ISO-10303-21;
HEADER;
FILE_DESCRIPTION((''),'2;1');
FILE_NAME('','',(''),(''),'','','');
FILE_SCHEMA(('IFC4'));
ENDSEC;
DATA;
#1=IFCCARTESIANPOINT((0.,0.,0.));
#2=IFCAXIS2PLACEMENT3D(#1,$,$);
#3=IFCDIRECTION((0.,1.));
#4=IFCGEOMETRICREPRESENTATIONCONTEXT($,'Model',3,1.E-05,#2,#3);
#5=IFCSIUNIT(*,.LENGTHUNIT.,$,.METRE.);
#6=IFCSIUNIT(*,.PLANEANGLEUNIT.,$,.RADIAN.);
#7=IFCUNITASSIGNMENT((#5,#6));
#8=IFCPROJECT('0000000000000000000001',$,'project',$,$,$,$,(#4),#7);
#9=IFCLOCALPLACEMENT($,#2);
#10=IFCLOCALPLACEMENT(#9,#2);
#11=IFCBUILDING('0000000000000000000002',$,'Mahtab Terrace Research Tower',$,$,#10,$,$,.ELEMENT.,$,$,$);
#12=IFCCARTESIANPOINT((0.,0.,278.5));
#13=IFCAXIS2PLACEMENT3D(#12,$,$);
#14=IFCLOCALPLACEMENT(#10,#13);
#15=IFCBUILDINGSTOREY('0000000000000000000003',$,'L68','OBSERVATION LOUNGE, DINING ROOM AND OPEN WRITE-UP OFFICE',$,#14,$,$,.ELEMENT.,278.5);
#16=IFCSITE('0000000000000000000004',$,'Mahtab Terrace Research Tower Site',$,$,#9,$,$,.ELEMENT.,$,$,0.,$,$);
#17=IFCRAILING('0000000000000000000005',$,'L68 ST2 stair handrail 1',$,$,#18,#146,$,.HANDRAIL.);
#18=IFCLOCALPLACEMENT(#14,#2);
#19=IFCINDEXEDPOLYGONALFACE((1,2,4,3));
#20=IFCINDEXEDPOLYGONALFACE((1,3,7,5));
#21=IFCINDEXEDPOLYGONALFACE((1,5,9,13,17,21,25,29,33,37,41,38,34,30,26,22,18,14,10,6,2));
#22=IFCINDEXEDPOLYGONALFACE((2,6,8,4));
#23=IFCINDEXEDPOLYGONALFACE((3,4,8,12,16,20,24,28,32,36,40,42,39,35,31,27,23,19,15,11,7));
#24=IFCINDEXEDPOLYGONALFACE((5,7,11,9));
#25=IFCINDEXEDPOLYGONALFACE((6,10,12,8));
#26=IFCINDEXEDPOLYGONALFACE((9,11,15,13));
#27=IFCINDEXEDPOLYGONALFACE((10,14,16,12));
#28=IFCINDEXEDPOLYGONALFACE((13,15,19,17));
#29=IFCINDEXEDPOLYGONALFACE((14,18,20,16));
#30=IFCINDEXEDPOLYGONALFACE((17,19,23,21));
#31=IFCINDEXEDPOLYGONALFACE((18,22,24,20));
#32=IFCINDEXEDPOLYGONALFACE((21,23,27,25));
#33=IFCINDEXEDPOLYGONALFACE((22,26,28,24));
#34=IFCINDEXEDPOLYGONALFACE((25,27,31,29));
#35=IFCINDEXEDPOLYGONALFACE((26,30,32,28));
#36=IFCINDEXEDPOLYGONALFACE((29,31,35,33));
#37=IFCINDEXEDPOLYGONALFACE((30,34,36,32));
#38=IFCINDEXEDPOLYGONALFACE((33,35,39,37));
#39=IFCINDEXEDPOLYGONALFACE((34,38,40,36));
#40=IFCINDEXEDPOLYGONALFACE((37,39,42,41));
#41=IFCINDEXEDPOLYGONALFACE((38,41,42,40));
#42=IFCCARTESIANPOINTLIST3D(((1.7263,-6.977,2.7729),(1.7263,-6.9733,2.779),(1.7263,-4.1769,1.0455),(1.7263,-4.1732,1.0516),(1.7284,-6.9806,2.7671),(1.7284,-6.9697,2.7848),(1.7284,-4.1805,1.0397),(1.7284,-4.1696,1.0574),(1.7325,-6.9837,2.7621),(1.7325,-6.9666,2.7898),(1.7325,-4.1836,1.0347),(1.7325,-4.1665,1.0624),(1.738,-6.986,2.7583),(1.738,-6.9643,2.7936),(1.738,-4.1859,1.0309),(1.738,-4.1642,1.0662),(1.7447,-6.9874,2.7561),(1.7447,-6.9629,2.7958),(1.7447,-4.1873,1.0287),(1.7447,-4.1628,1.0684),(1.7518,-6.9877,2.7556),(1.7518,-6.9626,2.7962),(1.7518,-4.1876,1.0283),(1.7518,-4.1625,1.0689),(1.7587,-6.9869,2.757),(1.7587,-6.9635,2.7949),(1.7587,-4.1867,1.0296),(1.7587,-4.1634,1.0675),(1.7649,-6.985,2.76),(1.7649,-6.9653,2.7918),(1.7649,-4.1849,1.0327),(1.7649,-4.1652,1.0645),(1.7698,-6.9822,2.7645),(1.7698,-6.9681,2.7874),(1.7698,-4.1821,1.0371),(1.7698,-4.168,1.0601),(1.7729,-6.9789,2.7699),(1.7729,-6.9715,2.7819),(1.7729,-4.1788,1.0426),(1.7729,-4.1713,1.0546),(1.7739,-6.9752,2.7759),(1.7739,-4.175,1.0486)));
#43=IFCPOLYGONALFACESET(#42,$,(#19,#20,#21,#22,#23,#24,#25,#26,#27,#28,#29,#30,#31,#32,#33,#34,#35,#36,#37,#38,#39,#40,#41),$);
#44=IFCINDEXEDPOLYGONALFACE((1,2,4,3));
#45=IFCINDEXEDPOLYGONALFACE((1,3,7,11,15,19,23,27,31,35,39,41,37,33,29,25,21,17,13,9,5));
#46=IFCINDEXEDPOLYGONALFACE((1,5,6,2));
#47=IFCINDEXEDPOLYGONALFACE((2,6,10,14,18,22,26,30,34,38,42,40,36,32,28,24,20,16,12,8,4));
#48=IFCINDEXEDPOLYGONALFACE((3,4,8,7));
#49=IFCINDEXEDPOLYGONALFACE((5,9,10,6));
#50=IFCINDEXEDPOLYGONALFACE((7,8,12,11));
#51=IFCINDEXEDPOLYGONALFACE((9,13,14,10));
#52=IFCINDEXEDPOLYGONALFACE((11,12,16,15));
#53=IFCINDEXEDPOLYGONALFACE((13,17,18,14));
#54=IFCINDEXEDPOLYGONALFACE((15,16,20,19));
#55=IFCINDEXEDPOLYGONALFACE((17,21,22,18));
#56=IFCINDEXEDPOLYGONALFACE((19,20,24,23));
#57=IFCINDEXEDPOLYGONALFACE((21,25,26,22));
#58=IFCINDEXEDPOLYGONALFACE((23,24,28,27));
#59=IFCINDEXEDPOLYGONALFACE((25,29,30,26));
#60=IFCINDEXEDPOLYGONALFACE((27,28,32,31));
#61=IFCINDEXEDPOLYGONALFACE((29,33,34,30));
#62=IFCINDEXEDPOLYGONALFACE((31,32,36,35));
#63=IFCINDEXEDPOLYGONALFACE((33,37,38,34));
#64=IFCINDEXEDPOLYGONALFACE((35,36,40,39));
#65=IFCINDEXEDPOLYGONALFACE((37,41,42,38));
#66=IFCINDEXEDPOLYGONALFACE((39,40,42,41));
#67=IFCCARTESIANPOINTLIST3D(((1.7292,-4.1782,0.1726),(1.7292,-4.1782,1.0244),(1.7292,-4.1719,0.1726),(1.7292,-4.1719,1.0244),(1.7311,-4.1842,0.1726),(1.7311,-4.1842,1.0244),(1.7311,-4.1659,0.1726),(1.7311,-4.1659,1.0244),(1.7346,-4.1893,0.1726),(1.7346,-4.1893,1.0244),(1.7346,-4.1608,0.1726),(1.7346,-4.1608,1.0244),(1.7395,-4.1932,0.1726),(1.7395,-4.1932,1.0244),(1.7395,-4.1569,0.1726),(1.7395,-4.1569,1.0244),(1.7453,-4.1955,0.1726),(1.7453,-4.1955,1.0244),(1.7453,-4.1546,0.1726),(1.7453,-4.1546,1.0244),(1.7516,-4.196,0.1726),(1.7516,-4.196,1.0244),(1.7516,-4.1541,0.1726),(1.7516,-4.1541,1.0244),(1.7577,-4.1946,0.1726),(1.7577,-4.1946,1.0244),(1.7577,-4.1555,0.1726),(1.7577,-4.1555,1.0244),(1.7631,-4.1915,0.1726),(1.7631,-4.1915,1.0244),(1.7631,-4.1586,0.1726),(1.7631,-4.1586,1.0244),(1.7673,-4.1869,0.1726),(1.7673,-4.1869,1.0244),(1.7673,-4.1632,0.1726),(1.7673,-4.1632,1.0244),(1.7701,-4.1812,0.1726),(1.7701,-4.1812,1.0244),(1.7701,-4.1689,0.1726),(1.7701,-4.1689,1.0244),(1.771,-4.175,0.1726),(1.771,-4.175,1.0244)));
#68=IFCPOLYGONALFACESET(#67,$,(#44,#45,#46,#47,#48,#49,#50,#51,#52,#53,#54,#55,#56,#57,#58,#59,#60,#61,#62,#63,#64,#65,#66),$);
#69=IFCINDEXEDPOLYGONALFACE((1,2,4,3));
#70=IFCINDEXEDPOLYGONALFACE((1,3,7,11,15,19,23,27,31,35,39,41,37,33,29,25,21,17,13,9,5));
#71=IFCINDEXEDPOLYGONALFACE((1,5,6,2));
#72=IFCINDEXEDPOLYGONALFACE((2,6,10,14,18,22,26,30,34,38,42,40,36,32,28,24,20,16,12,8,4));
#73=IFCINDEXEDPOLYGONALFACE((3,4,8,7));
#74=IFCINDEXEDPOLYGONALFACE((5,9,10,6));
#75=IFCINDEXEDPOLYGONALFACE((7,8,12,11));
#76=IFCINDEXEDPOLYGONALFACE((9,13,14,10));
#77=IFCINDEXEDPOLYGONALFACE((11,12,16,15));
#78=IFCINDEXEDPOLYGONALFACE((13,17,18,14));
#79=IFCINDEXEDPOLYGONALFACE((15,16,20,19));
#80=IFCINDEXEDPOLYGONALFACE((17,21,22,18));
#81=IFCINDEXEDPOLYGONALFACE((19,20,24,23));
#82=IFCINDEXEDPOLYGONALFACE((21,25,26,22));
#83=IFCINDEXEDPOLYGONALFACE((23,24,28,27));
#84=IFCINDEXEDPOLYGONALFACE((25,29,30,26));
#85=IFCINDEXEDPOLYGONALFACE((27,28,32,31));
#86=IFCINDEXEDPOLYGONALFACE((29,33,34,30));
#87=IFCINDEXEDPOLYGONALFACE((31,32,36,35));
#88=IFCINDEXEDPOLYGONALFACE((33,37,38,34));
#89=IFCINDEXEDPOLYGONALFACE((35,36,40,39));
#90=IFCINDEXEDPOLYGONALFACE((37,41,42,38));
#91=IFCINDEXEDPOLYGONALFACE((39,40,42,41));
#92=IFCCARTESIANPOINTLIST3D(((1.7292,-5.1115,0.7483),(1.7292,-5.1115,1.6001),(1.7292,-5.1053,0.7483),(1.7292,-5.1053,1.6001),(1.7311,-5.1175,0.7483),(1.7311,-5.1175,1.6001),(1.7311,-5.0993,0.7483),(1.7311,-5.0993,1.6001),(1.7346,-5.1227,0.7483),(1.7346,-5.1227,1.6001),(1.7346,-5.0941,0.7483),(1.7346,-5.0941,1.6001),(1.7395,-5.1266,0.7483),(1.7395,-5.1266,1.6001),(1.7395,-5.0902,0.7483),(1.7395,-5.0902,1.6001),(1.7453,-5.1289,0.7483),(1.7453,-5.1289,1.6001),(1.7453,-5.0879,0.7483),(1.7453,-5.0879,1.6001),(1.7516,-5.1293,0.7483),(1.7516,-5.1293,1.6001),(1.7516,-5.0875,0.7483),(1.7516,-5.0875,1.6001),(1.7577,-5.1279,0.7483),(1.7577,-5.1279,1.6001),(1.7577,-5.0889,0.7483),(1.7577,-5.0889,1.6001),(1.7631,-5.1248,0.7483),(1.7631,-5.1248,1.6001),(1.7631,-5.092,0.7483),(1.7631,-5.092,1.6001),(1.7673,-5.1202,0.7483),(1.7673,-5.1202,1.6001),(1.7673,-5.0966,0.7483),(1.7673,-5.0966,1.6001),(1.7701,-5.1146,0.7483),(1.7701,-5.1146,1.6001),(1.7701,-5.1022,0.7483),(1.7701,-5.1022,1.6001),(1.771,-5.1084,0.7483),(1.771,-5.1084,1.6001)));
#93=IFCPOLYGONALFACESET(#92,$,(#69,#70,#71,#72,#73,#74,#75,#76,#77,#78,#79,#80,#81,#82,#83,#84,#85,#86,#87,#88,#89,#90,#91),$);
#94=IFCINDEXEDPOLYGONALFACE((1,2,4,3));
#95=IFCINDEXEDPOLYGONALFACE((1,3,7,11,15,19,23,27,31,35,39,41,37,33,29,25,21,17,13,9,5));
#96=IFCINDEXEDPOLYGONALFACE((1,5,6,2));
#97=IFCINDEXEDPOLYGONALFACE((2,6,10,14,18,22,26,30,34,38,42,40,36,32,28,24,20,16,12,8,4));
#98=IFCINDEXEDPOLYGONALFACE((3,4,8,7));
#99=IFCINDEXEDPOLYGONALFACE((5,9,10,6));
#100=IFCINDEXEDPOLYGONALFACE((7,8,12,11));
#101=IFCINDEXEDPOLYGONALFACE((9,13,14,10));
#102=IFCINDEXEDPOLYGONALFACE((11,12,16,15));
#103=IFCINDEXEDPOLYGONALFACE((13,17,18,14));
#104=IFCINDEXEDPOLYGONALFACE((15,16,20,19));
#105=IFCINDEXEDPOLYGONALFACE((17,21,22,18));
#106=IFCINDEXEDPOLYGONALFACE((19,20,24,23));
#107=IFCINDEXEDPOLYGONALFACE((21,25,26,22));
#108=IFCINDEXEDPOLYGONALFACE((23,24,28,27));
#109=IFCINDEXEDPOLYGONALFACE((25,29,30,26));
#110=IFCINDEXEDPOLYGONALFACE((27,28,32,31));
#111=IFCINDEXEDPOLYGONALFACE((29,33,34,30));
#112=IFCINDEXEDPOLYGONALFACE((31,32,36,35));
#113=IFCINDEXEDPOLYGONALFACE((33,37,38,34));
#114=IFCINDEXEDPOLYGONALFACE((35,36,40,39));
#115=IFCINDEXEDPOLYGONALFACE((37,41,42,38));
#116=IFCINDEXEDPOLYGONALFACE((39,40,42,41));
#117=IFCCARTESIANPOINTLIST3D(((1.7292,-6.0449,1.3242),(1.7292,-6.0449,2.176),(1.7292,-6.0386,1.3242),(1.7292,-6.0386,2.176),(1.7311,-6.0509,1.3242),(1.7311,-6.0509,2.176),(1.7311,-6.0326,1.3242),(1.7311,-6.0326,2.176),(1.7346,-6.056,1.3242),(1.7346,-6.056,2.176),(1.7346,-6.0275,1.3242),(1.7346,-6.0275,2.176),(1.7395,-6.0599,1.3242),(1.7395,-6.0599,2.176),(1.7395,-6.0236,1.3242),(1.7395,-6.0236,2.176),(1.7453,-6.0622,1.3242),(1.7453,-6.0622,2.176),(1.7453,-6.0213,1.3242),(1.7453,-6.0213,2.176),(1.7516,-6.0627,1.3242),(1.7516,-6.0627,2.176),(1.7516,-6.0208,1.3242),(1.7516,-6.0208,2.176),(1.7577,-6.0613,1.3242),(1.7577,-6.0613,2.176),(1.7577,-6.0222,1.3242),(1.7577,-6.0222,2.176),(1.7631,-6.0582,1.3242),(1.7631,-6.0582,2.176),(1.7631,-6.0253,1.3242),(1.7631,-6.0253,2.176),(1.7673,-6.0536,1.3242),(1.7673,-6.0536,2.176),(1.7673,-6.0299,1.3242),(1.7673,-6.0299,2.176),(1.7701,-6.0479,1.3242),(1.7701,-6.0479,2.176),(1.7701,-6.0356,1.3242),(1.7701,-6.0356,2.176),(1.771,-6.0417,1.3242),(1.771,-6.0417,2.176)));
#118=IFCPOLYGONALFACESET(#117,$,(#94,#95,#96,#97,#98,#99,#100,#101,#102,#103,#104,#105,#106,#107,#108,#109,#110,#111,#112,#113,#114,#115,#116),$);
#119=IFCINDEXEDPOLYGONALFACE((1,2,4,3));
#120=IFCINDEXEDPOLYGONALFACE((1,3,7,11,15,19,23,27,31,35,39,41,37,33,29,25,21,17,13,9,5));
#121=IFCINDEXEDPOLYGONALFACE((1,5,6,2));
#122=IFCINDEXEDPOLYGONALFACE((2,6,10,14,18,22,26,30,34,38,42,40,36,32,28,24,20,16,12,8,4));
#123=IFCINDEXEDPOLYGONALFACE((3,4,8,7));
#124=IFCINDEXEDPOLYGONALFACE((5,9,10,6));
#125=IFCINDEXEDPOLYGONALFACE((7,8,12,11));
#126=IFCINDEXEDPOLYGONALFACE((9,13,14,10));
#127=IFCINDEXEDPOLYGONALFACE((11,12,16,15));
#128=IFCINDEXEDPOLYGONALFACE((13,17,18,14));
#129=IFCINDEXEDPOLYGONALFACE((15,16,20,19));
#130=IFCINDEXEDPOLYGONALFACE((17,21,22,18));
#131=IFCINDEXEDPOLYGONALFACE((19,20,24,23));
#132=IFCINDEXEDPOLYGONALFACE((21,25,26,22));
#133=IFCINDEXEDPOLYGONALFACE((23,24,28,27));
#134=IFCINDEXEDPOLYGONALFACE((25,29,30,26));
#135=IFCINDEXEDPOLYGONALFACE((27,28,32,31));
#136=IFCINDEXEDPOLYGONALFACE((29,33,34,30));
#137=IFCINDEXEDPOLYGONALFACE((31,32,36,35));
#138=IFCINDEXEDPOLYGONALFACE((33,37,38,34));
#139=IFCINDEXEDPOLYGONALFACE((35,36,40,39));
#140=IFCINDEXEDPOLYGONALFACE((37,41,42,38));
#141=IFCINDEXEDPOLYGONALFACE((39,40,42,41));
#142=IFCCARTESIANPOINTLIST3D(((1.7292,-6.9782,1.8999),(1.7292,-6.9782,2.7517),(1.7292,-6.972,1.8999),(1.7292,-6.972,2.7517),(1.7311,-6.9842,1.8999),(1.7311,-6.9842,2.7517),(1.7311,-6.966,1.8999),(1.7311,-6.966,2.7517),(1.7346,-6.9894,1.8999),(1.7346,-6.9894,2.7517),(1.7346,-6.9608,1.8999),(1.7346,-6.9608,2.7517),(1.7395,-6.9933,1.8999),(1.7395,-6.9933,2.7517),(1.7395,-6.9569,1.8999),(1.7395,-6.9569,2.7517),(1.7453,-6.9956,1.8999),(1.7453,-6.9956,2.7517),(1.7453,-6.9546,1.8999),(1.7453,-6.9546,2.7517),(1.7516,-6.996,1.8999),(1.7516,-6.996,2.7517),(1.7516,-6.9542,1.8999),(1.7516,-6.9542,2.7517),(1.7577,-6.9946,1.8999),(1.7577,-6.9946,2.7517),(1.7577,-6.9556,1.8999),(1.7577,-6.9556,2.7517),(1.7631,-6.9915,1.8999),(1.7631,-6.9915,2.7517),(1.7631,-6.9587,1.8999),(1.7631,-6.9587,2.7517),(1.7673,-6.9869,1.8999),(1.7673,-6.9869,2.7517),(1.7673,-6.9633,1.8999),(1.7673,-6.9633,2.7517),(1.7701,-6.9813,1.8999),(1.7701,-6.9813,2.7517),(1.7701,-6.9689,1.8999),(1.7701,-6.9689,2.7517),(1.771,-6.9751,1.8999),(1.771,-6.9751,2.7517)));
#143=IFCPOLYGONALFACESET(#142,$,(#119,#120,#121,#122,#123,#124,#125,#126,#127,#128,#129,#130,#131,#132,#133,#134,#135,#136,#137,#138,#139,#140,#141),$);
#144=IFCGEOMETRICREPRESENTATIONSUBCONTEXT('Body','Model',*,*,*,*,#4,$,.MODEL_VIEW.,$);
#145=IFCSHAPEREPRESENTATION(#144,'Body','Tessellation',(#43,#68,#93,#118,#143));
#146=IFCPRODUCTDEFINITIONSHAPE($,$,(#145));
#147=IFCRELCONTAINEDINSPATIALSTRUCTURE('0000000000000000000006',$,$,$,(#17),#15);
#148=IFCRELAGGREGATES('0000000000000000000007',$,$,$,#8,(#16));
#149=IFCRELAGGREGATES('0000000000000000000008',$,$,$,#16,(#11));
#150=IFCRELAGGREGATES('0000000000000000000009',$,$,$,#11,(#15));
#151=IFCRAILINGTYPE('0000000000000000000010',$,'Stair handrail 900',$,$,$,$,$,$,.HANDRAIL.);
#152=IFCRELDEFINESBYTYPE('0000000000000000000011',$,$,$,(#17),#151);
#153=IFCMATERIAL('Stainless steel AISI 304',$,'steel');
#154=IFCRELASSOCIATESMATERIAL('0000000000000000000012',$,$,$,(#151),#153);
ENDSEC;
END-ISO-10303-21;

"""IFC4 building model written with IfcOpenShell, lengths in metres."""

from ifc_helpers import new_model, si_unit, direction, frame, origin, origin_2d, place, context, subcontext, project, spatial, circle, extrude, material, type_object, element, save


model = new_model("IFC4")

# Units and contexts
model_context = context("Model", 3, precision=1e-05, world=origin(), true_north=direction((0.0, 1.0)))
body_context = subcontext(model_context, "Body", "Model", "MODEL_VIEW")
ifc_project = project(units=[si_unit("LENGTHUNIT", "METRE"), si_unit("PLANEANGLEUNIT", "RADIAN")], contexts=[model_context])

# Site, building, storey
site_placement = place(None, origin())
site = spatial("IfcSite", under=ifc_project, at=site_placement, Name="Mahtab Terrace Research Tower Site", CompositionType="ELEMENT", RefElevation=0.0)
building_placement = place(site_placement, origin())
building = spatial("IfcBuilding", under=site, at=building_placement, Name="Mahtab Terrace Research Tower", CompositionType="ELEMENT")
storey_placement = place(building_placement, frame((0.0, 0.0, 278.5)))
storey = spatial("IfcBuildingStorey", under=building, at=storey_placement, Name="L68", Description="OBSERVATION LOUNGE, DINING ROOM AND OPEN WRITE-UP OFFICE", CompositionType="ELEMENT", Elevation=278.5)

# Railing
ifc_material_1 = material(Name="Stainless steel AISI 304", Category="steel")
railing_type_1 = type_object("IfcRailingType", Name="Stair handrail 900", PredefinedType="HANDRAIL", material=ifc_material_1)
railing_1_placement = place(storey_placement, frame((1.75, -4.175, 0.1726)))
element("IfcRailing", 1, at=railing_1_placement, inside=storey, type_object=railing_type_1, Name="L68 ST2 stair handrail 1", PredefinedType="HANDRAIL", context=body_context, shape_type="SweptSolid", body=[
    extrude(circle(Radius=0.0239, at=origin_2d()), frame((0.0, 0.0, 0.876), z_axis=(0.0, -0.85109, 0.52502), x_axis=(1.0, 0.0, 0.0)), (0.0, 0.0, 1.0), 3.29),
    extrude(circle(Radius=0.021, at=origin_2d()), origin(), (0.0, 0.0, 1.0), 0.8518),
    extrude(circle(Radius=0.021, at=origin_2d()), frame((0.0, -0.9333, 0.5757)), (0.0, 0.0, 1.0), 0.8518),
    extrude(circle(Radius=0.021, at=origin_2d()), frame((0.0, -1.8667, 1.1516)), (0.0, 0.0, 1.0), 0.8518),
    extrude(circle(Radius=0.021, at=origin_2d()), frame((0.0, -2.8, 1.7273)), (0.0, 0.0, 1.0), 0.8518),
])

save(model, "model.ifc")
